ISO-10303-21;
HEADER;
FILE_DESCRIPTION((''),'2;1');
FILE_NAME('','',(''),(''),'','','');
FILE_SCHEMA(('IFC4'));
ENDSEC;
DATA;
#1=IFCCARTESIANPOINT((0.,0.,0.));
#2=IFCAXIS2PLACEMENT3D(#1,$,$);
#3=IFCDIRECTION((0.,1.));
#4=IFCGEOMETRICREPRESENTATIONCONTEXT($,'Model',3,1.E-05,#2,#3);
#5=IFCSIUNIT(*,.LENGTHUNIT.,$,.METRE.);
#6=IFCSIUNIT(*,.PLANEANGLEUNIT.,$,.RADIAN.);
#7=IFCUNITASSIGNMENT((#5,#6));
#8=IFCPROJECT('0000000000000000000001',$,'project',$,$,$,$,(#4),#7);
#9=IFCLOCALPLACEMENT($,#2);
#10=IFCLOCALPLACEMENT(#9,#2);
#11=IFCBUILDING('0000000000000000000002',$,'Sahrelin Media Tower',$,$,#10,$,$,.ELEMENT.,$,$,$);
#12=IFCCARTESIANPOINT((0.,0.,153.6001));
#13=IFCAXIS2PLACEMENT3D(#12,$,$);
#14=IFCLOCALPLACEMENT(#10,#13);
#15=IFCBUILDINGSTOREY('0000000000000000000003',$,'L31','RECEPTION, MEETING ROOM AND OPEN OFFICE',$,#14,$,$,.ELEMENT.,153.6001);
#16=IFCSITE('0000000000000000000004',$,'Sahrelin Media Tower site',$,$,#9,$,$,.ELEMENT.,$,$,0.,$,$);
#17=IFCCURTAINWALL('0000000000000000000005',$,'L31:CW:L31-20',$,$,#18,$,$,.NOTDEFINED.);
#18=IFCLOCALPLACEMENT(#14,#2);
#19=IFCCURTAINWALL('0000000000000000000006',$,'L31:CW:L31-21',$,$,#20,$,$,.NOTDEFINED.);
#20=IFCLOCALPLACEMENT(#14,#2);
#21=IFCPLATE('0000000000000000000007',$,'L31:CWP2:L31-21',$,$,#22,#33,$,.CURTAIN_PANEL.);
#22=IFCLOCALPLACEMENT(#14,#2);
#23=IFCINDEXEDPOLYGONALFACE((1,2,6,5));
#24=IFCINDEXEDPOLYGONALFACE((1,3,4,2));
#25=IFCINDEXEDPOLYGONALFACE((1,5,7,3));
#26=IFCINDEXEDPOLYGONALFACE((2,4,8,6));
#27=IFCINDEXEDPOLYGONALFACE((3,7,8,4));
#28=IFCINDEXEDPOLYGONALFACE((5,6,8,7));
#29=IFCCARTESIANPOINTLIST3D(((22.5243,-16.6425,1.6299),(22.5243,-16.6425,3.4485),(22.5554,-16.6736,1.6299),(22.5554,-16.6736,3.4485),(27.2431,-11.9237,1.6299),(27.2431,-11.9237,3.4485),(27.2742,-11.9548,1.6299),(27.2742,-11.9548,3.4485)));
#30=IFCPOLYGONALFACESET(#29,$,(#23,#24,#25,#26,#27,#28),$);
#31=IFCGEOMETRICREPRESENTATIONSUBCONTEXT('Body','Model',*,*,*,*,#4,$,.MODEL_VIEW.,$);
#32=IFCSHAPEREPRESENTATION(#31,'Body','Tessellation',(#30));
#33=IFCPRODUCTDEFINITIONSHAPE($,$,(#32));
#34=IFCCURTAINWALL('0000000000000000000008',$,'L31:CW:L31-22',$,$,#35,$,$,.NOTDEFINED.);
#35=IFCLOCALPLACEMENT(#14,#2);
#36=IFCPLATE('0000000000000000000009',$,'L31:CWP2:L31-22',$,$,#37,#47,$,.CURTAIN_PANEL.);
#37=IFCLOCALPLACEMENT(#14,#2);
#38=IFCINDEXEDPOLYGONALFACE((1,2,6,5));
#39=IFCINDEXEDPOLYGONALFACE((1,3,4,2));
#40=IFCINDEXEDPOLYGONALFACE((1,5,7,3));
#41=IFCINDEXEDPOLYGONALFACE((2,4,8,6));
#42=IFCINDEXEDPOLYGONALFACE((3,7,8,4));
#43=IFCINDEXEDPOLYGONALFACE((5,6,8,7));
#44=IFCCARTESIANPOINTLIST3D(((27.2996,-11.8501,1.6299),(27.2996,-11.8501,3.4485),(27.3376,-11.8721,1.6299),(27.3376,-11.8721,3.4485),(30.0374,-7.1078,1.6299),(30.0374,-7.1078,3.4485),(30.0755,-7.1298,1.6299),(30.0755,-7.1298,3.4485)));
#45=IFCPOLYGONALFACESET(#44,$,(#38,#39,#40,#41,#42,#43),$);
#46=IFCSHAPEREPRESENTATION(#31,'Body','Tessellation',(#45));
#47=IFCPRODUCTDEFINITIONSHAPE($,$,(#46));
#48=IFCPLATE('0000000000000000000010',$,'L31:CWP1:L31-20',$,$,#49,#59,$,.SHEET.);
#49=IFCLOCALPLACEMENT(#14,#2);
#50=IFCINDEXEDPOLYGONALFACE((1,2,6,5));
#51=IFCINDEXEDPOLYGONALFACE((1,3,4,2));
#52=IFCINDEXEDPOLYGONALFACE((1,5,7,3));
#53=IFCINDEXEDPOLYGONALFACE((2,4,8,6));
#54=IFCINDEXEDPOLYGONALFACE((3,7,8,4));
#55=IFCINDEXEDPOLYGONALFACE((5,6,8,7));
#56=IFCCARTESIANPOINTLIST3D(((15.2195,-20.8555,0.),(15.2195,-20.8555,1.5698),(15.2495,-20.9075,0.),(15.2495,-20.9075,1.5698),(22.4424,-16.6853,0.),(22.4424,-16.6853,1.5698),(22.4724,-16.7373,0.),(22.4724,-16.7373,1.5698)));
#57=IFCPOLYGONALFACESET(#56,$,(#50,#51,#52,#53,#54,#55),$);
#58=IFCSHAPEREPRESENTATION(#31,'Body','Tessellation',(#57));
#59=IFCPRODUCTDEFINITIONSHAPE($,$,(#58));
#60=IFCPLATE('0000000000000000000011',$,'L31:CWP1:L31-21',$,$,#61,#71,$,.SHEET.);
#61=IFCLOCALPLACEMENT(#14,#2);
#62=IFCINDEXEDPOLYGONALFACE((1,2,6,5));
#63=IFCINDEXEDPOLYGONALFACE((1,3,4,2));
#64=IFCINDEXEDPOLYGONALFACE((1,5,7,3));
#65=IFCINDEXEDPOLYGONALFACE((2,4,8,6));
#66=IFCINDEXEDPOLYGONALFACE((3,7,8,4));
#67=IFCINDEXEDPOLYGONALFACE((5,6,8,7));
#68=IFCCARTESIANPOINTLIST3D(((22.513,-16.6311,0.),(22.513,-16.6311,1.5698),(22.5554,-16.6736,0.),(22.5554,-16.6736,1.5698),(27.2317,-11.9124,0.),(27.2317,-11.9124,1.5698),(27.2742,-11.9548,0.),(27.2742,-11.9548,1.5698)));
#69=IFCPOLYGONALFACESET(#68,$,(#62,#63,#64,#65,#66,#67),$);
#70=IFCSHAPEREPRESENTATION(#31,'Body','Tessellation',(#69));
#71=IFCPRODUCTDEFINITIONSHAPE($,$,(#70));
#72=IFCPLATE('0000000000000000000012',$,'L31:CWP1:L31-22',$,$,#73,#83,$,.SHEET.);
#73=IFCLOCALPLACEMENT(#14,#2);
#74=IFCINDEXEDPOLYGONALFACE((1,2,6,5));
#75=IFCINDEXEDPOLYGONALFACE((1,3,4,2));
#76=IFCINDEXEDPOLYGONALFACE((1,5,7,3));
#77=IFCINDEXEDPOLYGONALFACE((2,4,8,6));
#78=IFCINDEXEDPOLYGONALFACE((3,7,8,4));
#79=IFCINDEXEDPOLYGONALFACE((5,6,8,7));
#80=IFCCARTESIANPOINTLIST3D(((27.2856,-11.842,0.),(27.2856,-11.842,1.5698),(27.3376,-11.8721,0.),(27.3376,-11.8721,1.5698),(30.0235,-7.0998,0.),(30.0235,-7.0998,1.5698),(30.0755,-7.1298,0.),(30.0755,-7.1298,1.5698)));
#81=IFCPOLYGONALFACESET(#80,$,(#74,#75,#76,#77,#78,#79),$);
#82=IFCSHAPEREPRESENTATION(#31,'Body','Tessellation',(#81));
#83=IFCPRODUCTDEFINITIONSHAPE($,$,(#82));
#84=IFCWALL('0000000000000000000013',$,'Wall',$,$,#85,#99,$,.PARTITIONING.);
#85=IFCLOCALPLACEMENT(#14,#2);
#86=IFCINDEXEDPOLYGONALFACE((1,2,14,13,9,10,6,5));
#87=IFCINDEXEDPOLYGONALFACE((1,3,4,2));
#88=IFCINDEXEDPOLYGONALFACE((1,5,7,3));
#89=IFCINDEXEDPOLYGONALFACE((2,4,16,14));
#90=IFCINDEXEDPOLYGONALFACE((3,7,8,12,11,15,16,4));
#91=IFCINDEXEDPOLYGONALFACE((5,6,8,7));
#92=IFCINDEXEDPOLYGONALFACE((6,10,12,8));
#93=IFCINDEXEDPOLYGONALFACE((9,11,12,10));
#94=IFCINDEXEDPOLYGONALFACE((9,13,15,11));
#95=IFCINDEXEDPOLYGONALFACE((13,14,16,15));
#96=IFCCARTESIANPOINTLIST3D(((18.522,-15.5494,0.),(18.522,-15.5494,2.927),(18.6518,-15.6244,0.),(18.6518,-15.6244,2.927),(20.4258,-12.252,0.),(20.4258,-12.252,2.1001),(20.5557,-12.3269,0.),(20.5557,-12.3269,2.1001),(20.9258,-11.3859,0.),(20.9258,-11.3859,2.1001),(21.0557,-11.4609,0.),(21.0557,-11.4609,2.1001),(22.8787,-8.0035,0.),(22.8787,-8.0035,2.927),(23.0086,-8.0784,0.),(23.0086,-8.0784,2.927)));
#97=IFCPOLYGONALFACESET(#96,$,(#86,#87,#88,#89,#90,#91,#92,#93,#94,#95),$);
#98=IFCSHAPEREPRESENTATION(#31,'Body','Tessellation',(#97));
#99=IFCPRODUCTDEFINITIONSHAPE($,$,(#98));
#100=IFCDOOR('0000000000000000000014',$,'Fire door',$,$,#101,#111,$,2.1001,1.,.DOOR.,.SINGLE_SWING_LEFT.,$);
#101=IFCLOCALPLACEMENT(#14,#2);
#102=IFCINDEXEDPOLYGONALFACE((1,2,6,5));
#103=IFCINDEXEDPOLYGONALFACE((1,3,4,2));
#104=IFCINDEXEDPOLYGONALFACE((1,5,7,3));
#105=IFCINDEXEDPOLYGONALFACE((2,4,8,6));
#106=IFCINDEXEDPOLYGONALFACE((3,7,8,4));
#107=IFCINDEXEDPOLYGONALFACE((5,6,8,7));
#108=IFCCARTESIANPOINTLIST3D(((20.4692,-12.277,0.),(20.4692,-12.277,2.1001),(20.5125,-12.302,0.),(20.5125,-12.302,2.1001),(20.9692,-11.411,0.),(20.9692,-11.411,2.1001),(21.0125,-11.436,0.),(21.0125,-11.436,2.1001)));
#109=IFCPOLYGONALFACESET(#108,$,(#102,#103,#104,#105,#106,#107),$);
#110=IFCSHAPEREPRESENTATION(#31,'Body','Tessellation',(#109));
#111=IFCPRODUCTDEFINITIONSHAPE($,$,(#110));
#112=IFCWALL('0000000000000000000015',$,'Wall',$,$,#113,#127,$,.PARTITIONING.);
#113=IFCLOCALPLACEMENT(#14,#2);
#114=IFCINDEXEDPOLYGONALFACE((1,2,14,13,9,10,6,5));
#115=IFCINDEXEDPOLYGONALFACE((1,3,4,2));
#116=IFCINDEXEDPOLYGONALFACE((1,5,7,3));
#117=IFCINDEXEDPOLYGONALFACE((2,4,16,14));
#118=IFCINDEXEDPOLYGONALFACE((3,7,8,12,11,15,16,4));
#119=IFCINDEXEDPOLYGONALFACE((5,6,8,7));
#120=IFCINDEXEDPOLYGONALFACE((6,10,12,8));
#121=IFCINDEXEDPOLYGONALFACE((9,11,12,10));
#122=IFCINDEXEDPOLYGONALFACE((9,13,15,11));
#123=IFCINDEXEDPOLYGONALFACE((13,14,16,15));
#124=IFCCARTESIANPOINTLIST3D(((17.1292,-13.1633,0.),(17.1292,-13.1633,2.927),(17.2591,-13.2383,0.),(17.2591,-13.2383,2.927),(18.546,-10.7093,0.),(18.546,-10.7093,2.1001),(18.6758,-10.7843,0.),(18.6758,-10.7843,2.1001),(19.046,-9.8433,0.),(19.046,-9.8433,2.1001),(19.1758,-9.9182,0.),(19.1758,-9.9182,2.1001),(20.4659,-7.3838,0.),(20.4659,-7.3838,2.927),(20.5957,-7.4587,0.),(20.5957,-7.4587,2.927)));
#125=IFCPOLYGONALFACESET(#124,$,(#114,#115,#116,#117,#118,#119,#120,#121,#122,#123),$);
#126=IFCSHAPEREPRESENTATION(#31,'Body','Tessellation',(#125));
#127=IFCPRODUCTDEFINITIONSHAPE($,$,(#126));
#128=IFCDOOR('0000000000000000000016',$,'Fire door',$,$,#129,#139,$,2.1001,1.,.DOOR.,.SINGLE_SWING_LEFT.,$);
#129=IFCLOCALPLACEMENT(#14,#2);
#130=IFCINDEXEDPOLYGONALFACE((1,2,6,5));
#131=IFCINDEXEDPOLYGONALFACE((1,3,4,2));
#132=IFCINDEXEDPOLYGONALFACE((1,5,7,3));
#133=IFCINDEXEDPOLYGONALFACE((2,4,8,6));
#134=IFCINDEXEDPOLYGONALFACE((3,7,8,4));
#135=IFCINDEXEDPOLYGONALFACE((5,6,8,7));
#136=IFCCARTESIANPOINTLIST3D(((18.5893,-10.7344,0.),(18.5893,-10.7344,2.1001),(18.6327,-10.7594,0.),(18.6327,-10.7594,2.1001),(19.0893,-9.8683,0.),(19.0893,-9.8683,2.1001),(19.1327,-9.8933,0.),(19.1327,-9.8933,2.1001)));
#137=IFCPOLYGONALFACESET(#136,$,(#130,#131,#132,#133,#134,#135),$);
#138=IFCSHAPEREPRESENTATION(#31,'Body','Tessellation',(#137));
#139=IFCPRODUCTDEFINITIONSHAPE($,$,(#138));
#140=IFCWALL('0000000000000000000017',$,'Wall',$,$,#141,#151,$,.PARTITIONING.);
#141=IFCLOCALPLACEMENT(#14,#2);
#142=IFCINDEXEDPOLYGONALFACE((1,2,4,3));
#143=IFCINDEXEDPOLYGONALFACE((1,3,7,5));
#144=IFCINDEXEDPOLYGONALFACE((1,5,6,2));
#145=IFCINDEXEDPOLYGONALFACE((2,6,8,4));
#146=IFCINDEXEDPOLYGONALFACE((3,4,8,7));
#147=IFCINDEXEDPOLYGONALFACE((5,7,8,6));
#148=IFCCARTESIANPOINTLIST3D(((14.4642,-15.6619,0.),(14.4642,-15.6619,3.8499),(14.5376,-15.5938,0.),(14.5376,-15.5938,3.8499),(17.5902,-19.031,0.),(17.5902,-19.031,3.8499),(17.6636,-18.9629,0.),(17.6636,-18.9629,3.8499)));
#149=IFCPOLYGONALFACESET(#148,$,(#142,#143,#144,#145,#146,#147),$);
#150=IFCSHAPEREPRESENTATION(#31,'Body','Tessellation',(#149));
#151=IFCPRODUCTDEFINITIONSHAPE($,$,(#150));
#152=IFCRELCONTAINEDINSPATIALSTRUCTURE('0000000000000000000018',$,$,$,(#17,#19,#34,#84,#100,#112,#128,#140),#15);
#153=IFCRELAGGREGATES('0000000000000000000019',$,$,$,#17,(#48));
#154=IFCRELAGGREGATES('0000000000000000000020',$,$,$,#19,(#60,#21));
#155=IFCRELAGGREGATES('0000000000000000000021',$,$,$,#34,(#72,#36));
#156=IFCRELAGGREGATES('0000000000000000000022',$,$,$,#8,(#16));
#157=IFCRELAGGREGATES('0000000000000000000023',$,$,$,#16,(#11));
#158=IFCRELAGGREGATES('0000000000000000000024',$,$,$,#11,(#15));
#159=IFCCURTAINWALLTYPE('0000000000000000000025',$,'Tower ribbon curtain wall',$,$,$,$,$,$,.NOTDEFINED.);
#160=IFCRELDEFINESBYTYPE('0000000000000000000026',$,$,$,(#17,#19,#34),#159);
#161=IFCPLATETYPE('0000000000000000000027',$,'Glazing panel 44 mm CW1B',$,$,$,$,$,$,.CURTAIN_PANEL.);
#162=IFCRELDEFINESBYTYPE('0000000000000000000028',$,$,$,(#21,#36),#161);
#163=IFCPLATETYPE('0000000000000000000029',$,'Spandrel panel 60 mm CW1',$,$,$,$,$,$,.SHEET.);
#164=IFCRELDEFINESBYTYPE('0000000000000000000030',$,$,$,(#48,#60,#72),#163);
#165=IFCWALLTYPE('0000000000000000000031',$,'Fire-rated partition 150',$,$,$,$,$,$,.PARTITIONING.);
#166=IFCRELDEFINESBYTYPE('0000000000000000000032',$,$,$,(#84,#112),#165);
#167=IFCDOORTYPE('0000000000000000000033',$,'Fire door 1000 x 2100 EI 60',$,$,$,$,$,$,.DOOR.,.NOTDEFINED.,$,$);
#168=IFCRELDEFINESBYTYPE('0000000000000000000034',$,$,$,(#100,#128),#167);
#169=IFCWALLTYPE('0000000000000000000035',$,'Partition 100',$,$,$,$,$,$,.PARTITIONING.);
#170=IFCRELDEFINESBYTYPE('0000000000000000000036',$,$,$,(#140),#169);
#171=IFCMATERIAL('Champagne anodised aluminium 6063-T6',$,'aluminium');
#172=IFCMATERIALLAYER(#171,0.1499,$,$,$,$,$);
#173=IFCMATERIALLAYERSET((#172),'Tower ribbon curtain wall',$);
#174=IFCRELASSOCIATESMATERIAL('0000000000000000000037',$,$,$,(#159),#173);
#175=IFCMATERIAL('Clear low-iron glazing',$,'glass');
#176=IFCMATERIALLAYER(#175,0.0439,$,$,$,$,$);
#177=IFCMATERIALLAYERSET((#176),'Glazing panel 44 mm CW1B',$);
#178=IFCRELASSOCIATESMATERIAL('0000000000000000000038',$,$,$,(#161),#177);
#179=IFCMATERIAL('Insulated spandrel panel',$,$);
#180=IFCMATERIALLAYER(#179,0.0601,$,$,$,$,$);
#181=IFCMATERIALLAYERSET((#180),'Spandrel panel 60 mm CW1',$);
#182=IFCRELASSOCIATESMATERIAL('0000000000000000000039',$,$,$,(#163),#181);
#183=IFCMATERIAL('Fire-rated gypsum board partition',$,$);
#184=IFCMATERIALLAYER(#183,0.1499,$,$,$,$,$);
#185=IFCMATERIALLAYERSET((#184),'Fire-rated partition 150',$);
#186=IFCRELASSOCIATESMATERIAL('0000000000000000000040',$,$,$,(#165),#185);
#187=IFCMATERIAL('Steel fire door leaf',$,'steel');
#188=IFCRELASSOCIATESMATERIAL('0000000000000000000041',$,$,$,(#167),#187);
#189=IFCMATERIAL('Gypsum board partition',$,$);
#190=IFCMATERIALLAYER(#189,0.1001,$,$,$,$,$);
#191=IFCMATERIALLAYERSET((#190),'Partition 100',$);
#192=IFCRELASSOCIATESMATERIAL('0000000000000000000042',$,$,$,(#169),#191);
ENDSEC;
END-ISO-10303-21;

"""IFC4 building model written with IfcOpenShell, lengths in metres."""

from ifc_helpers import new_model, si_unit, direction, frame, frame_2d, origin, place, context, subcontext, project, spatial, polyline, rectangle, outline, extrude, material, layer, layer_set, type_object, element, fill, aggregate, save


model = new_model("IFC4")

# Units and contexts
model_context = context("Model", 3, precision=1e-05, world=origin(), true_north=direction((0.0, 1.0)))
body_context = subcontext(model_context, "Body", "Model", "MODEL_VIEW")
ifc_project = project(units=[si_unit("LENGTHUNIT", "METRE"), si_unit("PLANEANGLEUNIT", "RADIAN")], contexts=[model_context])

# Site, building, storey
site_placement = place(None, origin())
site = spatial("IfcSite", under=ifc_project, at=site_placement, Name="Sahrelin Media Tower site", CompositionType="ELEMENT", RefElevation=0.0)
building_placement = place(site_placement, origin())
building = spatial("IfcBuilding", under=site, at=building_placement, Name="Sahrelin Media Tower", CompositionType="ELEMENT")
storey_placement = place(building_placement, frame((0.0, 0.0, 153.6001)))
storey = spatial("IfcBuildingStorey", under=building, at=storey_placement, Name="L31", Description="RECEPTION, MEETING ROOM AND OPEN OFFICE", CompositionType="ELEMENT", Elevation=153.6001)

# Curtain walls
ifc_material_1 = material(Name="Champagne anodised aluminium 6063-T6", Category="aluminium")
ifc_layer_1 = layer(ifc_material_1, 0.1499)
ifc_layer_set_1 = layer_set([ifc_layer_1], Name="Tower ribbon curtain wall")
curtain_wall_type = type_object("IfcCurtainWallType", Name="Tower ribbon curtain wall", PredefinedType="NOTDEFINED", material=ifc_layer_set_1)
curtain_wall_1_placement = place(storey_placement, frame((18.8511, -18.8049, 0.0), z_axis=(0.0, 0.0, 1.0), x_axis=(1.0, 0.0, 0.0)))
curtain_wall_1 = element("IfcCurtainWall", 1, at=curtain_wall_1_placement, inside=storey, type_object=curtain_wall_type, Name="L31:CW:L31-20", PredefinedType="NOTDEFINED")
curtain_wall_2_placement = place(storey_placement, frame((24.9004, -14.3, 0.0), z_axis=(0.0, 0.0, 1.0), x_axis=(1.0, 0.0, 0.0)))
curtain_wall_2 = element("IfcCurtainWall", 2, at=curtain_wall_2_placement, inside=storey, type_object=curtain_wall_type, Name="L31:CW:L31-21", PredefinedType="NOTDEFINED")

# Plate
ifc_material_2 = material(Name="Clear low-iron glazing", Category="glass")
ifc_layer_2 = layer(ifc_material_2, 0.0439)
ifc_layer_set_2 = layer_set([ifc_layer_2], Name="Glazing panel 44 mm CW1B")
plate_type_1 = type_object("IfcPlateType", Name="Glazing panel 44 mm CW1B", PredefinedType="CURTAIN_PANEL", material=ifc_layer_set_2)
plate_1_placement = place(storey_placement, frame((22.5554, -16.6736, 1.6299), z_axis=(0.707107, -0.707107, 0.0), x_axis=(0.707107, 0.707107, 0.0)))
plate_1 = element("IfcPlate", 3, at=plate_1_placement, type_object=plate_type_1, Name="L31:CWP2:L31-21", PredefinedType="CURTAIN_PANEL", context=body_context, shape_type="SweptSolid", body=[
    extrude(outline(polyline([(0.0, 0.0), (6.6733, 0.0), (6.6733, 1.8186), (0.0, 1.8186), (0.0, 0.0)])), origin(), (0.0, 0.0, -1.0), 0.0439),
])

# Curtain wall, plate
curtain_wall_3_placement = place(storey_placement, frame((28.6892, -9.491, 0.0), z_axis=(0.0, 0.0, 1.0), x_axis=(1.0, 0.0, 0.0)))
curtain_wall_3 = element("IfcCurtainWall", 4, at=curtain_wall_3_placement, inside=storey, type_object=curtain_wall_type, Name="L31:CW:L31-22", PredefinedType="NOTDEFINED")
plate_2_placement = place(storey_placement, frame((27.3376, -11.8721, 1.6299), z_axis=(0.866034, -0.499985, 0.0), x_axis=(0.499985, 0.866034, 0.0)))
plate_2 = element("IfcPlate", 5, at=plate_2_placement, type_object=plate_type_1, Name="L31:CWP2:L31-22", PredefinedType="CURTAIN_PANEL", context=body_context, shape_type="SweptSolid", body=[
    extrude(outline(polyline([(0.0, 0.0), (5.4758, 0.0), (5.4758, 1.8186), (0.0, 1.8186), (0.0, 0.0)])), origin(), (0.0, 0.0, -1.0), 0.0439),
])

# Plates
ifc_material_3 = material(Name="Insulated spandrel panel")
ifc_layer_3 = layer(ifc_material_3, 0.0601)
ifc_layer_set_3 = layer_set([ifc_layer_3], Name="Spandrel panel 60 mm CW1")
plate_type_2 = type_object("IfcPlateType", Name="Spandrel panel 60 mm CW1", PredefinedType="SHEET", material=ifc_layer_set_3)
plate_3_placement = place(storey_placement, frame((15.2495, -20.9075, 0.0), z_axis=(0.500002, -0.866024, 0.0), x_axis=(0.866024, 0.500002, 0.0)))
plate_3 = element("IfcPlate", 6, at=plate_3_placement, type_object=plate_type_2, Name="L31:CWP1:L31-20", PredefinedType="SHEET", context=body_context, shape_type="SweptSolid", body=[
    extrude(outline(polyline([(0.0, 0.0), (8.3403, 0.0), (8.3403, 1.5698), (0.0, 1.5698), (0.0, 0.0)])), origin(), (0.0, 0.0, -1.0), 0.0601),
])
aggregate(curtain_wall_1, [plate_3])
plate_4_placement = place(storey_placement, frame((22.5554, -16.6736, 0.0), z_axis=(0.707107, -0.707107, 0.0), x_axis=(0.707107, 0.707107, 0.0)))
plate_4 = element("IfcPlate", 7, at=plate_4_placement, type_object=plate_type_2, Name="L31:CWP1:L31-21", PredefinedType="SHEET", context=body_context, shape_type="SweptSolid", body=[
    extrude(outline(polyline([(0.0, 0.0), (6.6733, 0.0), (6.6733, 1.5698), (0.0, 1.5698), (0.0, 0.0)])), origin(), (0.0, 0.0, -1.0), 0.0601),
])
aggregate(curtain_wall_2, [plate_4, plate_1])
plate_5_placement = place(storey_placement, frame((27.3376, -11.8721, 0.0), z_axis=(0.866034, -0.499985, 0.0), x_axis=(0.499985, 0.866034, 0.0)))
plate_5 = element("IfcPlate", 8, at=plate_5_placement, type_object=plate_type_2, Name="L31:CWP1:L31-22", PredefinedType="SHEET", context=body_context, shape_type="SweptSolid", body=[
    extrude(outline(polyline([(0.0, 0.0), (5.4758, 0.0), (5.4758, 1.5698), (0.0, 1.5698), (0.0, 0.0)])), origin(), (0.0, 0.0, -1.0), 0.0601),
])
aggregate(curtain_wall_3, [plate_5, plate_2])

# Walls, openings, doors
ifc_material_4 = material(Name="Fire-rated gypsum board partition")
ifc_layer_4 = layer(ifc_material_4, 0.1499)
ifc_layer_set_4 = layer_set([ifc_layer_4], Name="Fire-rated partition 150")
wall_type_1 = type_object("IfcWallType", Name="Fire-rated partition 150", PredefinedType="PARTITIONING", material=ifc_layer_set_4)
wall_1_placement = place(storey_placement, frame((18.5869, -15.5869, 0.0), z_axis=(0.0, 0.0, 1.0), x_axis=(0.500005, 0.866022, 0.0)))
wall_1 = element("IfcWall", 9, at=wall_1_placement, inside=storey, type_object=wall_type_1, Name="Wall", PredefinedType="PARTITIONING", context=body_context, shape_type="SweptSolid", body=[
    extrude(rectangle(XDim=8.7134, YDim=0.1499, at=frame_2d((4.3567, 0.0))), origin(), (0.0, 0.0, 1.0), 2.927),
])
opening_1_placement = place(wall_1_placement, frame((3.8076, 0.0, 0.0)))
opening_1 = element("IfcOpeningElement", 10, at=opening_1_placement, cuts=wall_1, PredefinedType="OPENING", context=body_context, shape_type="SweptSolid", body=[
    extrude(rectangle(XDim=1.0, YDim=2.1001, at=frame_2d((0.5, 1.05))), frame((0.0, 0.075, 0.0), z_axis=(0.0, -1.0, 0.0), x_axis=(1.0, 0.0, 0.0)), (0.0, 0.0, 1.0), 0.1499),
])
ifc_material_5 = material(Name="Steel fire door leaf", Category="steel")
door_type = type_object("IfcDoorType", Name="Fire door 1000 x 2100 EI 60", OperationType="NOTDEFINED", PredefinedType="DOOR", material=ifc_material_5)
door_1_placement = place(opening_1_placement, origin())
door_1 = element("IfcDoor", 11, at=door_1_placement, inside=storey, type_object=door_type, Name="Fire door", OperationType="SINGLE_SWING_LEFT", OverallHeight=2.1001, OverallWidth=1.0, PredefinedType="DOOR", context=body_context, shape_type="SweptSolid", body=[
    extrude(rectangle(XDim=1.0, YDim=2.1001, at=frame_2d((0.5, 1.05))), frame((0.0, 0.0249, 0.0), z_axis=(0.0, -1.0, 0.0), x_axis=(1.0, 0.0, 0.0)), (0.0, 0.0, 1.0), 0.05),
])
fill(opening_1, door_1)
wall_2_placement = place(storey_placement, frame((17.1941, -13.2009, 0.0), z_axis=(0.0, 0.0, 1.0), x_axis=(0.499983, 0.866035, 0.0)))
wall_2 = element("IfcWall", 12, at=wall_2_placement, inside=storey, type_object=wall_type_1, Name="Wall", PredefinedType="PARTITIONING", context=body_context, shape_type="SweptSolid", body=[
    extrude(rectangle(XDim=6.6736, YDim=0.1499, at=frame_2d((3.3369, 0.0))), origin(), (0.0, 0.0, 1.0), 2.927),
])
opening_2_placement = place(wall_2_placement, frame((2.8337, 0.0, 0.0)))
opening_2 = element("IfcOpeningElement", 13, at=opening_2_placement, cuts=wall_2, PredefinedType="OPENING", context=body_context, shape_type="SweptSolid", body=[
    extrude(rectangle(XDim=1.0, YDim=2.1001, at=frame_2d((0.5, 1.05))), frame((0.0, 0.075, 0.0), z_axis=(0.0, -1.0, 0.0), x_axis=(1.0, 0.0, 0.0)), (0.0, 0.0, 1.0), 0.1499),
])
door_2_placement = place(opening_2_placement, origin())
door_2 = element("IfcDoor", 14, at=door_2_placement, inside=storey, type_object=door_type, Name="Fire door", OperationType="SINGLE_SWING_LEFT", OverallHeight=2.1001, OverallWidth=1.0, PredefinedType="DOOR", context=body_context, shape_type="SweptSolid", body=[
    extrude(rectangle(XDim=1.0, YDim=2.1001, at=frame_2d((0.5, 1.05))), frame((0.0, 0.0249, 0.0), z_axis=(0.0, -1.0, 0.0), x_axis=(1.0, 0.0, 0.0)), (0.0, 0.0, 1.0), 0.05),
])
fill(opening_2, door_2)

# Wall
ifc_material_6 = material(Name="Gypsum board partition")
ifc_layer_5 = layer(ifc_material_6, 0.1001)
ifc_layer_set_5 = layer_set([ifc_layer_5], Name="Partition 100")
wall_type_2 = type_object("IfcWallType", Name="Partition 100", PredefinedType="PARTITIONING", material=ifc_layer_set_5)
wall_3_placement = place(storey_placement, frame((14.501, -15.6279, 0.0), z_axis=(0.0, 0.0, 1.0), x_axis=(0.680158, -0.733066, 0.0)))
element("IfcWall", 15, at=wall_3_placement, inside=storey, type_object=wall_type_2, Name="Wall", PredefinedType="PARTITIONING", context=body_context, shape_type="SweptSolid", body=[
    extrude(rectangle(XDim=4.5959, YDim=0.1001, at=frame_2d((2.2979, 0.0))), origin(), (0.0, 0.0, 1.0), 3.8499),
])

save(model, "model.ifc")
